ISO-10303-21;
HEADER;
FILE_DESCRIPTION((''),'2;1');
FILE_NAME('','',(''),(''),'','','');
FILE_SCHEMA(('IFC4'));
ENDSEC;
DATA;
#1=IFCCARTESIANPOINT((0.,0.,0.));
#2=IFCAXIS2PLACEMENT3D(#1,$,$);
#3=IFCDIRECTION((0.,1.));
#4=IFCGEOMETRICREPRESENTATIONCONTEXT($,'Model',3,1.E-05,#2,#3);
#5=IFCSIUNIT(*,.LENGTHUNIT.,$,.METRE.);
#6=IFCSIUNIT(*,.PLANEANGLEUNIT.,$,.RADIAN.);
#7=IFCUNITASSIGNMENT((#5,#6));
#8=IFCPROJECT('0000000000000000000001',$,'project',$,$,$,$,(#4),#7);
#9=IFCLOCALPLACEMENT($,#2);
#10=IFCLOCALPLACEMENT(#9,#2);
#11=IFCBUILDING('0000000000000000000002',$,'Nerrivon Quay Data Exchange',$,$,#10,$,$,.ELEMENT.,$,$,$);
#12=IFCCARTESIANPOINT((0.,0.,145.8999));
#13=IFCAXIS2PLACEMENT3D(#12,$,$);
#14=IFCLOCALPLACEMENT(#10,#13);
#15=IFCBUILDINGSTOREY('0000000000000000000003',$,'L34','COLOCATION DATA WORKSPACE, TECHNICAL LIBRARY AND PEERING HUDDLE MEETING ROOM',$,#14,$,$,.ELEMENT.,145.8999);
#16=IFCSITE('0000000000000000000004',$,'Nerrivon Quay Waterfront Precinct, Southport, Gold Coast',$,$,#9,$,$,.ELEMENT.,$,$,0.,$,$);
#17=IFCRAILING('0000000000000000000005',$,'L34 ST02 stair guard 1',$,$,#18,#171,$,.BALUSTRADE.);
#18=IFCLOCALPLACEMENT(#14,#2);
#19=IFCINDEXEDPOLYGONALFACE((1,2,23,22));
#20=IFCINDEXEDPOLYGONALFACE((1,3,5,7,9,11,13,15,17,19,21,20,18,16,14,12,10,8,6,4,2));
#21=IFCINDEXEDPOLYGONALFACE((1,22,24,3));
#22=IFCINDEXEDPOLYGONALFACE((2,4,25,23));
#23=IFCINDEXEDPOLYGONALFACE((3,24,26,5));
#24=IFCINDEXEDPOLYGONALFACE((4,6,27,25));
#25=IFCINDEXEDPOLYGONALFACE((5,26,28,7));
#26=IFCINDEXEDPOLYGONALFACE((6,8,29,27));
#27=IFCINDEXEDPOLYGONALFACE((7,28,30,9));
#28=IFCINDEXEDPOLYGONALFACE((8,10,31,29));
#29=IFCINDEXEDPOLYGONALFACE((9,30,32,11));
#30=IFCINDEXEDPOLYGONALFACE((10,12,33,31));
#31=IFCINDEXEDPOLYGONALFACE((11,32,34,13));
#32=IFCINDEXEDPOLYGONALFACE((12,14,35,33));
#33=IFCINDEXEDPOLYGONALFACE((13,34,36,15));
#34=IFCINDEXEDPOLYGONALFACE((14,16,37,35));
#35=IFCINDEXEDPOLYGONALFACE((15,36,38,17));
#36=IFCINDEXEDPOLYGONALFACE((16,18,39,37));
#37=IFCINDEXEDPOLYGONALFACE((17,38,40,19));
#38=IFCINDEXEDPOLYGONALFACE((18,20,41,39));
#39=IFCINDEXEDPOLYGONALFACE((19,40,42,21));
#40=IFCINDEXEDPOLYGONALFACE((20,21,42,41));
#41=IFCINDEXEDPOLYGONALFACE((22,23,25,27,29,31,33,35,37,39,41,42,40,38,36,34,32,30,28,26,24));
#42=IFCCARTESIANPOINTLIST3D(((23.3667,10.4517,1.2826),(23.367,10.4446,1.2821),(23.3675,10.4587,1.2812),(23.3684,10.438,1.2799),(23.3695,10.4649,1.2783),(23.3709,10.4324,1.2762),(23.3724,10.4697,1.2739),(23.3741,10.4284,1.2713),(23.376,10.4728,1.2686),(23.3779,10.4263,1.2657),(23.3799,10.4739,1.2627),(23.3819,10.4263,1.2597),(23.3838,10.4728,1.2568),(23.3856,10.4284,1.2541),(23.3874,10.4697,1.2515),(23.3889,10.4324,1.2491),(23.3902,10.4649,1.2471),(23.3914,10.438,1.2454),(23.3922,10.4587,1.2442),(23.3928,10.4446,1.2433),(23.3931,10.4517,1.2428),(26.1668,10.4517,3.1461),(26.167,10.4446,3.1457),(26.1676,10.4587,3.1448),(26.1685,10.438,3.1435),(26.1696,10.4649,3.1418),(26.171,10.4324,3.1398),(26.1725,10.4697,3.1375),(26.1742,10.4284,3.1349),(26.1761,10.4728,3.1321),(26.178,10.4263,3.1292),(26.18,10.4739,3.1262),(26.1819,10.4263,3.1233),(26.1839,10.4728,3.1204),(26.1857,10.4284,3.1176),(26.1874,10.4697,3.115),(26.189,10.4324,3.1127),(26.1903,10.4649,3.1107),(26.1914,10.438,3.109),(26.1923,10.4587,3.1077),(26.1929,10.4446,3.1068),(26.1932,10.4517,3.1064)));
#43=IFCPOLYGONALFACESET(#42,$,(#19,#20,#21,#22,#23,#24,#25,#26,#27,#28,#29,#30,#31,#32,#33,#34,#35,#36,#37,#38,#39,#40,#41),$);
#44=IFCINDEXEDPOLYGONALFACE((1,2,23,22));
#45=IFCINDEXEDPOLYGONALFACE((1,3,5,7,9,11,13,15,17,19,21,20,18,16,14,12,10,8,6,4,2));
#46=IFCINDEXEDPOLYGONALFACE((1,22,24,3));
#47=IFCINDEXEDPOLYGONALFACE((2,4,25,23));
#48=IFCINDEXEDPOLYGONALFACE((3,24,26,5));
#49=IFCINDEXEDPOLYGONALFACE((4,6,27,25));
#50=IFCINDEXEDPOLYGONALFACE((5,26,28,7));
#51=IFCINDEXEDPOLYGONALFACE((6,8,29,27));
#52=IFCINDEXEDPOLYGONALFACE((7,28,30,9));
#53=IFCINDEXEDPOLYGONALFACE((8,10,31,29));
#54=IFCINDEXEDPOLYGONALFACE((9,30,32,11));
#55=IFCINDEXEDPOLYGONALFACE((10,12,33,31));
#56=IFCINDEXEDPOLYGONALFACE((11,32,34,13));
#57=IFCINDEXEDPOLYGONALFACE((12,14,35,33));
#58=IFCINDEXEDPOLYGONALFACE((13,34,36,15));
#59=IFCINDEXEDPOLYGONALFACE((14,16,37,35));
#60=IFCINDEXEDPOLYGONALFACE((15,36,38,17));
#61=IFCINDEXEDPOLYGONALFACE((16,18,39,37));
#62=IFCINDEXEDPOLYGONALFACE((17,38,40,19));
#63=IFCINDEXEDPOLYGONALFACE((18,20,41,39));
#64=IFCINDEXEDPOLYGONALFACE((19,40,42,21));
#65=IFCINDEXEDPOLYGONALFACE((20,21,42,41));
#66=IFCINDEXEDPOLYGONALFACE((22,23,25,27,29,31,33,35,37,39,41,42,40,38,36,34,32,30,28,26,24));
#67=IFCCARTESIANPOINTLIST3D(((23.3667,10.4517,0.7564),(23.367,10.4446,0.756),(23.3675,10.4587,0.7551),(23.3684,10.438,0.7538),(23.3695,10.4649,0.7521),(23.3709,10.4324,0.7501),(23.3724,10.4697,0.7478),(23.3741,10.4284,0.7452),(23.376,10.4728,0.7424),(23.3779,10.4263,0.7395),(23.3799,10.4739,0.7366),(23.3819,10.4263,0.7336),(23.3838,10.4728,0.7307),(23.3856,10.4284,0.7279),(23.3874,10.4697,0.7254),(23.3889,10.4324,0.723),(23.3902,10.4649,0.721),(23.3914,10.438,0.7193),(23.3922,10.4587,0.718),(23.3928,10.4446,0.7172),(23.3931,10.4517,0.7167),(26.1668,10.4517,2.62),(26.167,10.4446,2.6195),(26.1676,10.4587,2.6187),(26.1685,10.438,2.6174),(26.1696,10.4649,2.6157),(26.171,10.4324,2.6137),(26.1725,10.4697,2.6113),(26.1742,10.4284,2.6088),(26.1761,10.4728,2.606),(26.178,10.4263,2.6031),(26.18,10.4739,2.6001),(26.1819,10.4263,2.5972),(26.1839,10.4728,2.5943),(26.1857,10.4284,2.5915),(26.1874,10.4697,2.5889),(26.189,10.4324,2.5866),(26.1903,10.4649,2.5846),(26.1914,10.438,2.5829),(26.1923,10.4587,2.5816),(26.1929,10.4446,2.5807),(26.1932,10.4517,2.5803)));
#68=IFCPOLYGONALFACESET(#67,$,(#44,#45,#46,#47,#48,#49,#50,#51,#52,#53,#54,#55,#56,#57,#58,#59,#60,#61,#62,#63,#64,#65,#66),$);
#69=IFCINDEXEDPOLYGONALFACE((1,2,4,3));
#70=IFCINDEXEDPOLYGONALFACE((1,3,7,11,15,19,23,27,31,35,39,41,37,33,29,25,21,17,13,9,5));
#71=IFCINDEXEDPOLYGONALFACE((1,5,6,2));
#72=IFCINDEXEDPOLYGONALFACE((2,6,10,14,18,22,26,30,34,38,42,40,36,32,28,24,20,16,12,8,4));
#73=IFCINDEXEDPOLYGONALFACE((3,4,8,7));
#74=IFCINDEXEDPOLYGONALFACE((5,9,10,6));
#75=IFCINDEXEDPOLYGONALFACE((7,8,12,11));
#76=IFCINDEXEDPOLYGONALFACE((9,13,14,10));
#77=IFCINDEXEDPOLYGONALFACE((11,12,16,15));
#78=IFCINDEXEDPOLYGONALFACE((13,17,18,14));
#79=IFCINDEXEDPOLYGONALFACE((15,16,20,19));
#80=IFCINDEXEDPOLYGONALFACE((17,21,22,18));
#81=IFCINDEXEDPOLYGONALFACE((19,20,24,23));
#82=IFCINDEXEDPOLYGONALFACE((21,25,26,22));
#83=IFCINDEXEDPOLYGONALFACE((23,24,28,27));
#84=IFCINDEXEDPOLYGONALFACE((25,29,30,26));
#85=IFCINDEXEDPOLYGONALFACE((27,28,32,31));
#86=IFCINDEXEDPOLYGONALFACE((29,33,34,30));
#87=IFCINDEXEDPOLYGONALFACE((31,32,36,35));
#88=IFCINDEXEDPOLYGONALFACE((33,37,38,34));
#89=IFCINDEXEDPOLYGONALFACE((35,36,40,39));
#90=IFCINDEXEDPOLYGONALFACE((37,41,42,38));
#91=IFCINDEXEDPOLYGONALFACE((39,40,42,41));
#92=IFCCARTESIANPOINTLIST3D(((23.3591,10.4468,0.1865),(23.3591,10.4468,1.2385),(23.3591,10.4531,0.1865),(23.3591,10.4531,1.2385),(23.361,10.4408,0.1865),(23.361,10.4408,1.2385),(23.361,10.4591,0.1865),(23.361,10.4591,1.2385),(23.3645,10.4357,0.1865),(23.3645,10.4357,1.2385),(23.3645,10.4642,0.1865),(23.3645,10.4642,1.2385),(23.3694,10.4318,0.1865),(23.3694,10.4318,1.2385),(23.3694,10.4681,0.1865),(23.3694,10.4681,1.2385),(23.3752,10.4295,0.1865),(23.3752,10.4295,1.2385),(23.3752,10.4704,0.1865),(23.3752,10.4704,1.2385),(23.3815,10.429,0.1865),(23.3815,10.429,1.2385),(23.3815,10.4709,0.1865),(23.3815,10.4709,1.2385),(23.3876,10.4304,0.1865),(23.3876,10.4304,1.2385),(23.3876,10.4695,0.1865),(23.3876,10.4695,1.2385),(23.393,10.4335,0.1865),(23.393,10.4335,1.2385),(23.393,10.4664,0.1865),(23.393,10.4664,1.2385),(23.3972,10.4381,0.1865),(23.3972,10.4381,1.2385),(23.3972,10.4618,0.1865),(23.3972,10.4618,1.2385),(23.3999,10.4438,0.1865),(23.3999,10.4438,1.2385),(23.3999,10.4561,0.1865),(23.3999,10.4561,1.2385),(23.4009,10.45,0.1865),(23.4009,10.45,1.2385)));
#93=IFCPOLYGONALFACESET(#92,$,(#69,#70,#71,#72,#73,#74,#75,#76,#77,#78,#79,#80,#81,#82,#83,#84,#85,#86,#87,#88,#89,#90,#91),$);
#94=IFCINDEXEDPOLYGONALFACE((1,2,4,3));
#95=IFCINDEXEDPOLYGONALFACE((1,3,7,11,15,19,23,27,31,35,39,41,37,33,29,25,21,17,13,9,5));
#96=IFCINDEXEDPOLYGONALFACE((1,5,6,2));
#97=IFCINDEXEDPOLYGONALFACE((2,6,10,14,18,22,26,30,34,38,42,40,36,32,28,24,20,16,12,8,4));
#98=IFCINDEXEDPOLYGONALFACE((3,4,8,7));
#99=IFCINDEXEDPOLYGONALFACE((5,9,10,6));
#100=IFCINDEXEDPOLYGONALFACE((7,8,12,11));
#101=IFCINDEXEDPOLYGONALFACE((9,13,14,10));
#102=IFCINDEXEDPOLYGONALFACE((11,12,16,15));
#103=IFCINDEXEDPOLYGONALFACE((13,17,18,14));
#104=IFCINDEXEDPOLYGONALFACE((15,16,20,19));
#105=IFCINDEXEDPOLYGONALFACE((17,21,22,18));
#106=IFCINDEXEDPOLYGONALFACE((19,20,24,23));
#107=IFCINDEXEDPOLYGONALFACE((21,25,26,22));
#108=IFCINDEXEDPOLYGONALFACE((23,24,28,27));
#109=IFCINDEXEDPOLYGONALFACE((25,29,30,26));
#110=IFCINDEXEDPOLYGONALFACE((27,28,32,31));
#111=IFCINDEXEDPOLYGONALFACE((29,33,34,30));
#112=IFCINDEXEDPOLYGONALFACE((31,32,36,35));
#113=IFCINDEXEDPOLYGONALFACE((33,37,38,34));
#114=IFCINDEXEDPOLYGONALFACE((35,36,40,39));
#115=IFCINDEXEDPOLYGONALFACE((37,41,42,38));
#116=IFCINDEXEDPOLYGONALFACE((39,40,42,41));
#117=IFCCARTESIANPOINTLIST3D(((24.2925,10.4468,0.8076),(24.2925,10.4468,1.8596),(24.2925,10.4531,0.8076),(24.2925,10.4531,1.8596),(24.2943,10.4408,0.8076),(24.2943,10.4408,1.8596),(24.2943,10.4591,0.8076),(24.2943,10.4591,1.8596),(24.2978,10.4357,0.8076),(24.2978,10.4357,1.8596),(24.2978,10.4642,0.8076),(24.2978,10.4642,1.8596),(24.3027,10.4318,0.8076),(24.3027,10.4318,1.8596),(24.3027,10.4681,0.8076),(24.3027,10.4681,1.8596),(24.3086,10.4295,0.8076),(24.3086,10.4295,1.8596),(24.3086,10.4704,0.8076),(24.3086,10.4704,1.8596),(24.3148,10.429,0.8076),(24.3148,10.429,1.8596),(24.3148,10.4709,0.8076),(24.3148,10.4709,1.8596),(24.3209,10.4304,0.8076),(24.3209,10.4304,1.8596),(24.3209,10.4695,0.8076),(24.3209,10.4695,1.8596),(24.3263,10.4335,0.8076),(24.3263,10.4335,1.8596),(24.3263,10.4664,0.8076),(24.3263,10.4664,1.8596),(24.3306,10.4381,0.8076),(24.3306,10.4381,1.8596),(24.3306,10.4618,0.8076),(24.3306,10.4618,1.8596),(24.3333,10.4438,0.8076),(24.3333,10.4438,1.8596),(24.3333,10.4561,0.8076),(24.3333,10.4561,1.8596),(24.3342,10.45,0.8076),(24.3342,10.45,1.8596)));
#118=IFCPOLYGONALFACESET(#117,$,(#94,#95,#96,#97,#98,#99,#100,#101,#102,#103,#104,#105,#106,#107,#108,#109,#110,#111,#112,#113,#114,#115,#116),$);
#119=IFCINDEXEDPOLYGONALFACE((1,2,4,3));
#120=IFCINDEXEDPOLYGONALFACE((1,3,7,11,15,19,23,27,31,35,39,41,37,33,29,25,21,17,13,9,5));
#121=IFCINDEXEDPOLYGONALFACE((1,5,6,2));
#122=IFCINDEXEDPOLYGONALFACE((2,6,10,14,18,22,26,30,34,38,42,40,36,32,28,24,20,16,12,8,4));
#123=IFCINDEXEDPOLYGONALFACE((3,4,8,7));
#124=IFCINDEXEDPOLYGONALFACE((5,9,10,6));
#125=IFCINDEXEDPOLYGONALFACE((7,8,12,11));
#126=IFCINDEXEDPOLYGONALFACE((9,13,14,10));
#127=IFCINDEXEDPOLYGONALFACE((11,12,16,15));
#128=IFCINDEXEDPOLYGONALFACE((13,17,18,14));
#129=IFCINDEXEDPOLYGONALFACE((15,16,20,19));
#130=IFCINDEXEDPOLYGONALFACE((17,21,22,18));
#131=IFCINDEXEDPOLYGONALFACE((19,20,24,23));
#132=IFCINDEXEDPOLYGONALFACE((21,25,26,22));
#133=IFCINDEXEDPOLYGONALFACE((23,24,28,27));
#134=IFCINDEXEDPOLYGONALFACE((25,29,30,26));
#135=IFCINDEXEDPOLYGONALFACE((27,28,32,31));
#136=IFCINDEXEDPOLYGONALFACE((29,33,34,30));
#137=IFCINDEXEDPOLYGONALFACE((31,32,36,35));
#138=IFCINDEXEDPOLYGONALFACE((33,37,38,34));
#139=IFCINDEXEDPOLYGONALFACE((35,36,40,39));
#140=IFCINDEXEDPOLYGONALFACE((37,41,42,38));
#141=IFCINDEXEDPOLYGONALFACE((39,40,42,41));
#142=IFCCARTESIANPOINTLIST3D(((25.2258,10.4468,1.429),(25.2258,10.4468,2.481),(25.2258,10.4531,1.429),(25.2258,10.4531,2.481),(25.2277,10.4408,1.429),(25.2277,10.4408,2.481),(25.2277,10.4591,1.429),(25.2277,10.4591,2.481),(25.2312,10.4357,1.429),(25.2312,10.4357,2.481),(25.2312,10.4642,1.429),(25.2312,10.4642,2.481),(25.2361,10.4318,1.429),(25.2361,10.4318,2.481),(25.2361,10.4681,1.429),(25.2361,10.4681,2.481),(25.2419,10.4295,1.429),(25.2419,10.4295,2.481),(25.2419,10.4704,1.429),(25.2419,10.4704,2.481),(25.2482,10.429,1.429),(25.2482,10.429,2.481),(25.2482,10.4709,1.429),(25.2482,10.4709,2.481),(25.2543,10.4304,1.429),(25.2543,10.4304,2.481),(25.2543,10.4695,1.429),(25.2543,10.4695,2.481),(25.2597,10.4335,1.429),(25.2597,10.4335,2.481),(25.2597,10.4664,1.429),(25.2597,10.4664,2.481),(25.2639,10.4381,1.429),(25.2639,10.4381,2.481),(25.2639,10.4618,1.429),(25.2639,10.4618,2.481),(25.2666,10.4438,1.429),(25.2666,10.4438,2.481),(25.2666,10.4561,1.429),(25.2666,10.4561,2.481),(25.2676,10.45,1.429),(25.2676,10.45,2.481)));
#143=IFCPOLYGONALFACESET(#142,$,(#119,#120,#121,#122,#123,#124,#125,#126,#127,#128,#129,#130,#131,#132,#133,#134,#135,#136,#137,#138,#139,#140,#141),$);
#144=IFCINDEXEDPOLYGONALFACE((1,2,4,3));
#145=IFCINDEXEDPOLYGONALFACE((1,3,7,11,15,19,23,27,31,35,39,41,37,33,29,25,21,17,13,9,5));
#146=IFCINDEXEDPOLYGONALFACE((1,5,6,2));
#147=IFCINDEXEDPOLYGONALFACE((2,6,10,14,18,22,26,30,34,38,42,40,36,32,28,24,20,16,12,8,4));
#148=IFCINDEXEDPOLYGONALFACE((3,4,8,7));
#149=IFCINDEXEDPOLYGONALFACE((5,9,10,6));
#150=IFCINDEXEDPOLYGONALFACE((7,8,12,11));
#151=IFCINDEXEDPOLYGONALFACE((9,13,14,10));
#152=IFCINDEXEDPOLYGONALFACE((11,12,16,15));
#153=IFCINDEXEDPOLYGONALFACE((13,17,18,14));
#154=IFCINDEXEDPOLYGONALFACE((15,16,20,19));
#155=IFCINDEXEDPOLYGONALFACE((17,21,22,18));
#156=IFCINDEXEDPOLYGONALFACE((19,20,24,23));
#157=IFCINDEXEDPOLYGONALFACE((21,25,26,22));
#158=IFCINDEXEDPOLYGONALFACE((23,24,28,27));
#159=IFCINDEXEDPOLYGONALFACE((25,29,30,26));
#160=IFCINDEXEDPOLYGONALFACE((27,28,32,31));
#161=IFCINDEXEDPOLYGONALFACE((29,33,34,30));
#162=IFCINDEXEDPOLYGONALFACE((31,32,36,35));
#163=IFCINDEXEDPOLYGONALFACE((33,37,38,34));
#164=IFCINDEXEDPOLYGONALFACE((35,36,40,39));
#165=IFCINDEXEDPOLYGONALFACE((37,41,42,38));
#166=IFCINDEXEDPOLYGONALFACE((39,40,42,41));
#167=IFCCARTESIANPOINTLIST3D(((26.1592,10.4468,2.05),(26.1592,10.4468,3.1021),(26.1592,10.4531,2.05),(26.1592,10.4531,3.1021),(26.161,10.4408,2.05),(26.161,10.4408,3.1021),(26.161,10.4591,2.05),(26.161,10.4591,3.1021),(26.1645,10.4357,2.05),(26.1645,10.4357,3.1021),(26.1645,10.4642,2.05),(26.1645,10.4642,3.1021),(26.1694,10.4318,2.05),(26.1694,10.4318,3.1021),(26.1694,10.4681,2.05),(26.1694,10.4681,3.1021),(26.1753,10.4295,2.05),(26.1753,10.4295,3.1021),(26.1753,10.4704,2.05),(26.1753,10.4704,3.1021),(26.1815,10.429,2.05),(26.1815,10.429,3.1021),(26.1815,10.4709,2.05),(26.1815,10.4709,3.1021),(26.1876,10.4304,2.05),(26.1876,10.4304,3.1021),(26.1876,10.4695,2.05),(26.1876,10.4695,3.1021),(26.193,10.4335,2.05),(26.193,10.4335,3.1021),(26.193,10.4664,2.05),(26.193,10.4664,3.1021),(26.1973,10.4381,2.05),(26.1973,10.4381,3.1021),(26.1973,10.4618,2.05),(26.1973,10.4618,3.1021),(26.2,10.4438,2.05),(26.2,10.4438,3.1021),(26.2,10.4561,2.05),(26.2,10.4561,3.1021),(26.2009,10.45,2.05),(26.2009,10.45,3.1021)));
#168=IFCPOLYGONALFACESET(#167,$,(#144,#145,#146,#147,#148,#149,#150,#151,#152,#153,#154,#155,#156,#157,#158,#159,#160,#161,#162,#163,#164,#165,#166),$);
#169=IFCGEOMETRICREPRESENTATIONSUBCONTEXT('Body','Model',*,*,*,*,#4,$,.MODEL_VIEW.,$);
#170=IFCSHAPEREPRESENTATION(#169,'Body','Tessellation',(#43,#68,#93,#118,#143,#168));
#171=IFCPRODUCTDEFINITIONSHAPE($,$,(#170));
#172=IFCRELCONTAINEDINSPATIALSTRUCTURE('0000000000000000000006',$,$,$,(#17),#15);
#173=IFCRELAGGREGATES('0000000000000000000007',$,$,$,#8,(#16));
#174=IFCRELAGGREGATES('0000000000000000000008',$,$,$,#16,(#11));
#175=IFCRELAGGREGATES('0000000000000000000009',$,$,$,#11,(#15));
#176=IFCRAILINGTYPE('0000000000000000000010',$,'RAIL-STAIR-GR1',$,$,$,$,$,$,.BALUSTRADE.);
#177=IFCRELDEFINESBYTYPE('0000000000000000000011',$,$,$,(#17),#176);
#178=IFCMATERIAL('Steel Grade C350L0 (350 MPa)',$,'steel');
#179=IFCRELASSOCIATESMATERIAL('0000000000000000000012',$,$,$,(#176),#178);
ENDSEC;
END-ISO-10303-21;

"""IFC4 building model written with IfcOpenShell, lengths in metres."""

from ifc_helpers import new_model, si_unit, direction, frame, origin, origin_2d, place, context, subcontext, project, spatial, circle, extrude, material, type_object, element, save


model = new_model("IFC4")

# Units and contexts
model_context = context("Model", 3, precision=1e-05, world=origin(), true_north=direction((0.0, 1.0)))
body_context = subcontext(model_context, "Body", "Model", "MODEL_VIEW")
ifc_project = project(units=[si_unit("LENGTHUNIT", "METRE"), si_unit("PLANEANGLEUNIT", "RADIAN")], contexts=[model_context])

# Site, building, storey
site_placement = place(None, origin())
site = spatial("IfcSite", under=ifc_project, at=site_placement, Name="Nerrivon Quay Waterfront Precinct, Southport, Gold Coast", CompositionType="ELEMENT", RefElevation=0.0)
building_placement = place(site_placement, origin())
building = spatial("IfcBuilding", under=site, at=building_placement, Name="Nerrivon Quay Data Exchange", CompositionType="ELEMENT")
storey_placement = place(building_placement, frame((0.0, 0.0, 145.8999)))
storey = spatial("IfcBuildingStorey", under=building, at=storey_placement, Name="L34", Description="COLOCATION DATA WORKSPACE, TECHNICAL LIBRARY AND PEERING HUDDLE MEETING ROOM", CompositionType="ELEMENT", Elevation=145.8999)

# Railing
ifc_material_1 = material(Name="Steel Grade C350L0 (350 MPa)", Category="steel")
railing_type_1 = type_object("IfcRailingType", Name="RAIL-STAIR-GR1", PredefinedType="BALUSTRADE", material=ifc_material_1)
railing_1_placement = place(storey_placement, frame((23.3799, 10.45, 0.1865)))
element("IfcRailing", 1, at=railing_1_placement, inside=storey, type_object=railing_type_1, Name="L34 ST02 stair guard 1", PredefinedType="BALUSTRADE", context=body_context, shape_type="SweptSolid", body=[
    extrude(circle(Radius=0.0239, at=origin_2d()), frame((0.0, 0.0, 1.0762), z_axis=(0.832486, 0.0, 0.554047), x_axis=(0.0, 1.0, 0.0)), (0.0, 0.0, 1.0), 3.3635),
    extrude(circle(Radius=0.0239, at=origin_2d()), frame((0.0, 0.0, 0.55), z_axis=(0.832486, 0.0, 0.554047), x_axis=(0.0, 1.0, 0.0)), (0.0, 0.0, 1.0), 3.3635),
    extrude(circle(Radius=0.021, at=origin_2d()), origin(), (0.0, 0.0, 1.0), 1.052),
    extrude(circle(Radius=0.021, at=origin_2d()), frame((0.9333, 0.0, 0.6211)), (0.0, 0.0, 1.0), 1.052),
    extrude(circle(Radius=0.021, at=origin_2d()), frame((1.8667, 0.0, 1.2424)), (0.0, 0.0, 1.0), 1.052),
    extrude(circle(Radius=0.021, at=origin_2d()), frame((2.8, 0.0, 1.8635)), (0.0, 0.0, 1.0), 1.052),
])

save(model, "model.ifc")
